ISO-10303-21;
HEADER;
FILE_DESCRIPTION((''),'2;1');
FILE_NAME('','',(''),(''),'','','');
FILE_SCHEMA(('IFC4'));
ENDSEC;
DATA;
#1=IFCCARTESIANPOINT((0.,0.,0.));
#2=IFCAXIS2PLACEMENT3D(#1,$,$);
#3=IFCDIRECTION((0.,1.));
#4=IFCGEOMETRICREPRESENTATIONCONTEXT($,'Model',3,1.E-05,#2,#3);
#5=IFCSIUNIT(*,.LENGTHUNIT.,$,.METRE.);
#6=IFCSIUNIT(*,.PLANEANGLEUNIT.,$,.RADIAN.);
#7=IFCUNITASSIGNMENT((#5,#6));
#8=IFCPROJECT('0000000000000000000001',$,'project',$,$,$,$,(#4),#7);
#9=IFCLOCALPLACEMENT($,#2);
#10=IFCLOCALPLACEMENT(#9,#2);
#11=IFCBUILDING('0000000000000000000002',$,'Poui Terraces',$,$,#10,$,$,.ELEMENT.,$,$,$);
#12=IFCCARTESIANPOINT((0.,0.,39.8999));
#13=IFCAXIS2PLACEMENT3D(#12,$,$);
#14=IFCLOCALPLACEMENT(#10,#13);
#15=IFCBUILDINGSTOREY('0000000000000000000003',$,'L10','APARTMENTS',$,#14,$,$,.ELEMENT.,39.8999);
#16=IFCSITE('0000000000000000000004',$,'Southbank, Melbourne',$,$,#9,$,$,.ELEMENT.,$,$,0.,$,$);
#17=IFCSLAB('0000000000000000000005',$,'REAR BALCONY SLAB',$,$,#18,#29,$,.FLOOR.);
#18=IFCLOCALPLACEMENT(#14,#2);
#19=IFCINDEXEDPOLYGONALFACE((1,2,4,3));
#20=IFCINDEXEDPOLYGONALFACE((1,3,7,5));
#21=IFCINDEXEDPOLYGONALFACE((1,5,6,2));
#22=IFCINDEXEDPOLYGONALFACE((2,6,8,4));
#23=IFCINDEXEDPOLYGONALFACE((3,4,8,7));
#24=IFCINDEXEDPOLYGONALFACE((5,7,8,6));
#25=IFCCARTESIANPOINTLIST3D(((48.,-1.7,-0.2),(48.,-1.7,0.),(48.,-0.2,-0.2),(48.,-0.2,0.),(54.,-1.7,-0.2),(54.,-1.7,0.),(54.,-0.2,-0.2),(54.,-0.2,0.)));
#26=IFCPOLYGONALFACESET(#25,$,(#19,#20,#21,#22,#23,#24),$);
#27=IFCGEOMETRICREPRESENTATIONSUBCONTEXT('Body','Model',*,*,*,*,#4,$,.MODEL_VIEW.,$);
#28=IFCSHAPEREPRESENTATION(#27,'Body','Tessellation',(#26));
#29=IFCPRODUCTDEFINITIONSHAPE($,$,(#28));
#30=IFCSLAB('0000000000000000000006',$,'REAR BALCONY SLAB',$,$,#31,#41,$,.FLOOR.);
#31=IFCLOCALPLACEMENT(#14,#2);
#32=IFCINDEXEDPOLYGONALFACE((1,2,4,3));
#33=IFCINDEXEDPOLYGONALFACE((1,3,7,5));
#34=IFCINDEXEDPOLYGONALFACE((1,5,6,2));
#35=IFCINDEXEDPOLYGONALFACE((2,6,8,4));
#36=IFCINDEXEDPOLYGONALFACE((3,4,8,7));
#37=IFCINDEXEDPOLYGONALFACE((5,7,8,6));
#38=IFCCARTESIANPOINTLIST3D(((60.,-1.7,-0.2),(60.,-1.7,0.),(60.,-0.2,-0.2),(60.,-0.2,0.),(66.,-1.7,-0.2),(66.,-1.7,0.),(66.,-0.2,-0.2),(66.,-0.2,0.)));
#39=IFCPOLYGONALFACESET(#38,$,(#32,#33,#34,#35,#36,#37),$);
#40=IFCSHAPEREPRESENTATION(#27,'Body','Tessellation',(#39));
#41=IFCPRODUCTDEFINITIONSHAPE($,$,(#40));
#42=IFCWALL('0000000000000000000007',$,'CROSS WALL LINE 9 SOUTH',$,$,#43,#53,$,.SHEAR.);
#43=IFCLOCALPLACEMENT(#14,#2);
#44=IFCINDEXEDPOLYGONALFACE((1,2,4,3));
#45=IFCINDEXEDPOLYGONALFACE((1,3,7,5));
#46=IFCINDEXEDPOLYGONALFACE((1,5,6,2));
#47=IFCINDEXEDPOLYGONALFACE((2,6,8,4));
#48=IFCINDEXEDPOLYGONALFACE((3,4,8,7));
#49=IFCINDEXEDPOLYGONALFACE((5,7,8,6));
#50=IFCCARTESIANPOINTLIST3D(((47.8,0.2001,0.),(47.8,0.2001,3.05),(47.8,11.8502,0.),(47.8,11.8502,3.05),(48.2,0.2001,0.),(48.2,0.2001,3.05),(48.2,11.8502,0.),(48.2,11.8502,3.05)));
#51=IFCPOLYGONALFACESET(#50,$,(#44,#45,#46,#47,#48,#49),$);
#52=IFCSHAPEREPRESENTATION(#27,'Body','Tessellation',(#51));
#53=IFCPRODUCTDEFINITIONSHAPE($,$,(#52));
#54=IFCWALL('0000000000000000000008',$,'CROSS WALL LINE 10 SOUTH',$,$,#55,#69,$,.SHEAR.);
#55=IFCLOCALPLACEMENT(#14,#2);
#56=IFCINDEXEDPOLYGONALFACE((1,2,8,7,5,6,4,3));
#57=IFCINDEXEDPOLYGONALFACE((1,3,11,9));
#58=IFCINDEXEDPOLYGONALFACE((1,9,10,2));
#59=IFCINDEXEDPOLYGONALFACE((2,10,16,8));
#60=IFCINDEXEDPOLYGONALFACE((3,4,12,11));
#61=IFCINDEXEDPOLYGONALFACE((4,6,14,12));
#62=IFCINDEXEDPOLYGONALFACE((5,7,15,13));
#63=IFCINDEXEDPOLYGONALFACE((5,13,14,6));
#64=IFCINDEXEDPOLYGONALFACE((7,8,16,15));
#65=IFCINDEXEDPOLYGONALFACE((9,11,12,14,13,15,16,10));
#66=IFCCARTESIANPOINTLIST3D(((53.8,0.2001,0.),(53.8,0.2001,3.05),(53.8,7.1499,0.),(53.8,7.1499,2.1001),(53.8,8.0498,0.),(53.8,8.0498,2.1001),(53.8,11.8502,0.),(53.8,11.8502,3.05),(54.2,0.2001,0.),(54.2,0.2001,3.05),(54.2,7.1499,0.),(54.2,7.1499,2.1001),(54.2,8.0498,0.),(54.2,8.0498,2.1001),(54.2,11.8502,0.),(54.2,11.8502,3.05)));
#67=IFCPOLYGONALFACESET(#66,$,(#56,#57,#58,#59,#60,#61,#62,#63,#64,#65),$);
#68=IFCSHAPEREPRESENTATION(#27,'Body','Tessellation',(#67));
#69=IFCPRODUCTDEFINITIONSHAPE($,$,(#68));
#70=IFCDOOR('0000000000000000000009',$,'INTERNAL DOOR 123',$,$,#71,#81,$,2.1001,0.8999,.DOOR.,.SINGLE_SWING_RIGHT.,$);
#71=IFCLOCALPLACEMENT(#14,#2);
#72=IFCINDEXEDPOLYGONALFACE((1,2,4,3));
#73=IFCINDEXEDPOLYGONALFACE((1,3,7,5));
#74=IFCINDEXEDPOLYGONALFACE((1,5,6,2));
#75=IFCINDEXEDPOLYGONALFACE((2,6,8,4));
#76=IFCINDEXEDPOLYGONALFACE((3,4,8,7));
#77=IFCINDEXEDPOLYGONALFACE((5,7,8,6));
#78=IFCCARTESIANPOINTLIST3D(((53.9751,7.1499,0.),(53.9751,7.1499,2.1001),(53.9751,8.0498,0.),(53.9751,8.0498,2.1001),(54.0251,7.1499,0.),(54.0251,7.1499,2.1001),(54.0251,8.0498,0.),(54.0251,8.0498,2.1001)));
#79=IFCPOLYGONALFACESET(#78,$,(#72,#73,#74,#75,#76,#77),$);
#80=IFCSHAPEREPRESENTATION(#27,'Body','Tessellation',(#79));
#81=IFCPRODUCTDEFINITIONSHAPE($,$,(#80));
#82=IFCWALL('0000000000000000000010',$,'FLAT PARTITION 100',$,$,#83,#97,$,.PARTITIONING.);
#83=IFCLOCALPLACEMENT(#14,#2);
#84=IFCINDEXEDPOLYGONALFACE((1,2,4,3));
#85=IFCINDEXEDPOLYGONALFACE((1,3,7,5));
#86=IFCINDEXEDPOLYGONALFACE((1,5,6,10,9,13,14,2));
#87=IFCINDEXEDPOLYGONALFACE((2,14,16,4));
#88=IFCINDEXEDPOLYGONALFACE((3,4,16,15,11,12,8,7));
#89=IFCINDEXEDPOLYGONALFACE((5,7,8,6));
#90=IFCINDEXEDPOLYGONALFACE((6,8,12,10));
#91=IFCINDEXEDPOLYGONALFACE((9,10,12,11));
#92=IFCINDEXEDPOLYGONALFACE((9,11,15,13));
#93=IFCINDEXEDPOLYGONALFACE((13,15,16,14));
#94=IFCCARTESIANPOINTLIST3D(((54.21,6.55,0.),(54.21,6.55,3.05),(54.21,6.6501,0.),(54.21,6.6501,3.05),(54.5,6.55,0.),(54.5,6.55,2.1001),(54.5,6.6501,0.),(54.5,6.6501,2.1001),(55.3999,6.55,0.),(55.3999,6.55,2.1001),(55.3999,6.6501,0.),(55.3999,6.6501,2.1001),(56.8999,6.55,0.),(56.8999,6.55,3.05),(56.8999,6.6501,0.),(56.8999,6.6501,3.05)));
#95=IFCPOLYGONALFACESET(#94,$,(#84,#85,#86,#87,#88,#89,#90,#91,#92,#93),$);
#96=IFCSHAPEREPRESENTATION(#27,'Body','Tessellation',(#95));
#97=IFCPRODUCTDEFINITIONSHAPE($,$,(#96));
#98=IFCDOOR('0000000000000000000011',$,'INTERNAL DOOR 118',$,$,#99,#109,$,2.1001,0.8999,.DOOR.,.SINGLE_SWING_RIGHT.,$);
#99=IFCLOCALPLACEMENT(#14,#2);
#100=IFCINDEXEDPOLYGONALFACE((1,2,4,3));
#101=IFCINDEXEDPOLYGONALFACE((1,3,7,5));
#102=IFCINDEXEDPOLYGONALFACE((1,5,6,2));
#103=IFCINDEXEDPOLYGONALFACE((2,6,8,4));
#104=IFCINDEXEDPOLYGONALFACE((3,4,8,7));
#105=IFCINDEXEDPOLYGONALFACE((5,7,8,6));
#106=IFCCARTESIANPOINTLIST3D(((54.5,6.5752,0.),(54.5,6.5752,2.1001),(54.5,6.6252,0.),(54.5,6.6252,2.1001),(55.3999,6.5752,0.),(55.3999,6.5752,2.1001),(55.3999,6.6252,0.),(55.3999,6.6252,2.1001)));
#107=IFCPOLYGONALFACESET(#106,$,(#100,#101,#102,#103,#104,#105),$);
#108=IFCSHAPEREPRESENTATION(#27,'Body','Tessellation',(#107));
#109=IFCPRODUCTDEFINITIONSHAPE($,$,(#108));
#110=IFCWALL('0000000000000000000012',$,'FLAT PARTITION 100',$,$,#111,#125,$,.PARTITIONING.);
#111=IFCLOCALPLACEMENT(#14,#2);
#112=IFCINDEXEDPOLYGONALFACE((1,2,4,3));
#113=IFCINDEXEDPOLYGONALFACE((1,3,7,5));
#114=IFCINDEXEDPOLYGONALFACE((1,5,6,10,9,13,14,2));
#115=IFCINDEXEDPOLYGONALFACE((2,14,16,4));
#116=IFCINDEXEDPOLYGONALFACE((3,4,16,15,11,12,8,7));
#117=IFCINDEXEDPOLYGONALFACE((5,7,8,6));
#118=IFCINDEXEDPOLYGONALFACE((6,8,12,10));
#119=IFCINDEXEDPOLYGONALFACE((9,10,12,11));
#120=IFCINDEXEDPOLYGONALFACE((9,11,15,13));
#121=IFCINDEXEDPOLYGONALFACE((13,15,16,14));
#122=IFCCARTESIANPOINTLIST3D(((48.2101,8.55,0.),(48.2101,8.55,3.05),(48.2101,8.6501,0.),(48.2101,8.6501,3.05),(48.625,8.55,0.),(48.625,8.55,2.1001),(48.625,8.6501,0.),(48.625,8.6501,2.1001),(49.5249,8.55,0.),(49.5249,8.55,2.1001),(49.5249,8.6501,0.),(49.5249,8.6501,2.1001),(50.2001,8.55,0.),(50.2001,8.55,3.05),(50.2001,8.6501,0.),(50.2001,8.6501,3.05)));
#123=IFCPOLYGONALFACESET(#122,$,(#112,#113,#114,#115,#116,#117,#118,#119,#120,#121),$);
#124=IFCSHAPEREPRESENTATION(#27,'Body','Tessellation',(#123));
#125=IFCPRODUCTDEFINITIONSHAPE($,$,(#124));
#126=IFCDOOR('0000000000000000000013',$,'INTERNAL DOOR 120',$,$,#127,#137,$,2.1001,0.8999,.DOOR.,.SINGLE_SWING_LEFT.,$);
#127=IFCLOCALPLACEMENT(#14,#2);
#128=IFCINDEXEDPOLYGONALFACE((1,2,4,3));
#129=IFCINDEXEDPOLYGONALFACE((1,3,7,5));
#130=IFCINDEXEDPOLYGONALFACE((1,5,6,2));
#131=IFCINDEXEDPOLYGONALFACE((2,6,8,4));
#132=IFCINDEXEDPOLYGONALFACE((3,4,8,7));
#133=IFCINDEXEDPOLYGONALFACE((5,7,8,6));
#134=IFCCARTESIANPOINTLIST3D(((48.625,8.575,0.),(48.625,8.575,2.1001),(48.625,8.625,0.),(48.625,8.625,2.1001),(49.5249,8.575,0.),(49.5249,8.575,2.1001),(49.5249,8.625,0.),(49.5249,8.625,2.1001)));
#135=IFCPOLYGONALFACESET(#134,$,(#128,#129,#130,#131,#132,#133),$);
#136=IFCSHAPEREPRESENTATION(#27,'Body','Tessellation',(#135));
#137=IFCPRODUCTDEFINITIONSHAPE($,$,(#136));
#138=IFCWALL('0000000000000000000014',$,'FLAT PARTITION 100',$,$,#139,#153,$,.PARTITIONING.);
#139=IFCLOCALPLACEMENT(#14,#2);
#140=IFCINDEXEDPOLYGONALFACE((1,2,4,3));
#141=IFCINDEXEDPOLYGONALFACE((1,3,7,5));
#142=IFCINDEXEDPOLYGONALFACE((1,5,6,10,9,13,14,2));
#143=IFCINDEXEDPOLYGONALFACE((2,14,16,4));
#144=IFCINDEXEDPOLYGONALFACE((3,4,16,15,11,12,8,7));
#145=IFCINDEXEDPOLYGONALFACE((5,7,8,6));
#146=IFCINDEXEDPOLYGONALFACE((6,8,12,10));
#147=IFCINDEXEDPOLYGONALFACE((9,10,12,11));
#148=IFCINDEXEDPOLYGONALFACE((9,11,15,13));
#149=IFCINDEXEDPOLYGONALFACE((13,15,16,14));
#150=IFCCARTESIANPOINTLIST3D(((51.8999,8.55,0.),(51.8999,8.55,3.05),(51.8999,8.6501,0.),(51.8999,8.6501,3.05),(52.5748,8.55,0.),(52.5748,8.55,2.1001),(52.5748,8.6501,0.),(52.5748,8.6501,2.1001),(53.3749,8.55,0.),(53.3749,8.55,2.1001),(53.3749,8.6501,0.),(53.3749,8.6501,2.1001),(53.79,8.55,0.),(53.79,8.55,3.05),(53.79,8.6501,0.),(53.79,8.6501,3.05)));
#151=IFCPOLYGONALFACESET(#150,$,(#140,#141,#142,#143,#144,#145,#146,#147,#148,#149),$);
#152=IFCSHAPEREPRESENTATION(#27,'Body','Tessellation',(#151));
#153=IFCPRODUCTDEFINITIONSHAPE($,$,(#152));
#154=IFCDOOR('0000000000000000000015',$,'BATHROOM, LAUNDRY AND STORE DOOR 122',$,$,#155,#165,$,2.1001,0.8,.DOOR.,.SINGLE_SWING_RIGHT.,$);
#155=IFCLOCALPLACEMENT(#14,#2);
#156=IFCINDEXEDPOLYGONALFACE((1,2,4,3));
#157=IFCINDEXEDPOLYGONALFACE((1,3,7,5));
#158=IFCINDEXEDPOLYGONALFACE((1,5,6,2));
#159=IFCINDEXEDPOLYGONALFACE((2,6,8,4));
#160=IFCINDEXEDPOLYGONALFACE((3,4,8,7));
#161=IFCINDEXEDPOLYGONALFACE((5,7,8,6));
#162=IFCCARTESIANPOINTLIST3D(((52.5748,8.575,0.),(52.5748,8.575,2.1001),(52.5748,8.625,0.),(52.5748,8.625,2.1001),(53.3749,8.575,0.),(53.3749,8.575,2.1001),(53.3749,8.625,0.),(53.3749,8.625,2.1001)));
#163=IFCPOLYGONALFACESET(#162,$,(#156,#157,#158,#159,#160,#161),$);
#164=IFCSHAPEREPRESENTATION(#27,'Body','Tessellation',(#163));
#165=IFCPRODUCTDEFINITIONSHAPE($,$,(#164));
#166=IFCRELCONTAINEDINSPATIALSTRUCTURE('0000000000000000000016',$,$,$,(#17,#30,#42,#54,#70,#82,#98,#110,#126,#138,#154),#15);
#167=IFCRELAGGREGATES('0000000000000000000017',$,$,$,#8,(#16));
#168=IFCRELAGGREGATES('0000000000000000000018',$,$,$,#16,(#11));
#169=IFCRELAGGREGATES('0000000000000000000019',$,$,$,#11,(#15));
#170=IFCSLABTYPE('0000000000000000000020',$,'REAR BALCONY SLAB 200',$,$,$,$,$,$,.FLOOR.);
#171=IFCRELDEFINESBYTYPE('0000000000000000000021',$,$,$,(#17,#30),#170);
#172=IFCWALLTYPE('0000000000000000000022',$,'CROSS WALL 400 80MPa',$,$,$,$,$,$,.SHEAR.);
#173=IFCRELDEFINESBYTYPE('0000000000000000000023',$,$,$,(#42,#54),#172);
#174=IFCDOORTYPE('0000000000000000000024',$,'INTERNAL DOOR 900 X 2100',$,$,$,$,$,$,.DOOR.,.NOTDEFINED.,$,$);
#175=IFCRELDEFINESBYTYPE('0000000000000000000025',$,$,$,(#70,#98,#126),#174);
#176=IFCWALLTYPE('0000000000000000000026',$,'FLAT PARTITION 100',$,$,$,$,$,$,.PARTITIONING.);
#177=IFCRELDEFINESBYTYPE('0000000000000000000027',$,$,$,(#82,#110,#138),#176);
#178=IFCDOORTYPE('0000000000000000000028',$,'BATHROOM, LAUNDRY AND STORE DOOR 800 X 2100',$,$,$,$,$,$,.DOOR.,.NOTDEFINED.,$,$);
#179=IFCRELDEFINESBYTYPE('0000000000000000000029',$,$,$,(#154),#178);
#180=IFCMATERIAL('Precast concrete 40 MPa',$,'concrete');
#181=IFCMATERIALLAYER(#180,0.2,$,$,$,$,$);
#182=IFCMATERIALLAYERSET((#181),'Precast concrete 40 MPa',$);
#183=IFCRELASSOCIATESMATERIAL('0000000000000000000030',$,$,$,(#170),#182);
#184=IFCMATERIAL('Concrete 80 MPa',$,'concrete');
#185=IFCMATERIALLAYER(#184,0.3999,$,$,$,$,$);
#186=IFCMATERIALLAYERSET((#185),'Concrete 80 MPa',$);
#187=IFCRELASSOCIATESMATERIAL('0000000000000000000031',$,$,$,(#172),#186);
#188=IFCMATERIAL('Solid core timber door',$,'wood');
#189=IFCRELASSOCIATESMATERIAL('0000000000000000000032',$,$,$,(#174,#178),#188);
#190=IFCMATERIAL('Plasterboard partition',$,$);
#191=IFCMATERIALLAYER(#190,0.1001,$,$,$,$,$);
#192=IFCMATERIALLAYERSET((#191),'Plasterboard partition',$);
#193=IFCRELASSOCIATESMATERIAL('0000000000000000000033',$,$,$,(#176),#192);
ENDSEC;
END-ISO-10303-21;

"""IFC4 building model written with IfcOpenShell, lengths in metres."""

from ifc_helpers import new_model, si_unit, direction, frame, frame_2d, origin, place, context, subcontext, project, spatial, polyline, rectangle, outline, extrude, source, transform, mapped, material, layer, layer_set, type_object, element, fill, save


model = new_model("IFC4")

# Units and contexts
model_context = context("Model", 3, precision=1e-05, world=origin(), true_north=direction((0.0, 1.0)))
body_context = subcontext(model_context, "Body", "Model", "MODEL_VIEW")
ifc_project = project(units=[si_unit("LENGTHUNIT", "METRE"), si_unit("PLANEANGLEUNIT", "RADIAN")], contexts=[model_context])

# Site, building, storey
site_placement = place(None, origin())
site = spatial("IfcSite", under=ifc_project, at=site_placement, Name="Southbank, Melbourne", CompositionType="ELEMENT", RefElevation=0.0)
building_placement = place(site_placement, origin())
building = spatial("IfcBuilding", under=site, at=building_placement, Name="Poui Terraces", CompositionType="ELEMENT")
storey_placement = place(building_placement, frame((0.0, 0.0, 39.8999)))
storey = spatial("IfcBuildingStorey", under=building, at=storey_placement, Name="L10", Description="APARTMENTS", CompositionType="ELEMENT", Elevation=39.8999)

# Slabs
ifc_material_1 = material(Name="Precast concrete 40 MPa", Category="concrete")
ifc_layer_1 = layer(ifc_material_1, 0.2)
ifc_layer_set_1 = layer_set([ifc_layer_1], Name="Precast concrete 40 MPa")
slab_type = type_object("IfcSlabType", Name="REAR BALCONY SLAB 200", PredefinedType="FLOOR", material=ifc_layer_set_1)
shared_shape_1 = source(origin(), body_context, "Body", "SweptSolid", [
    extrude(outline(polyline([(0.0, 0.0), (6.0, 0.0), (6.0, 1.5), (0.0, 1.5), (0.0, 0.0)])), origin(), (0.0, 0.0, 1.0), 0.2),
])
for number, where, name in (
    (1, (48.0, -1.7, -0.2), "REAR BALCONY SLAB"),
    (2, (60.0, -1.7, -0.2), "REAR BALCONY SLAB"),
):
    element("IfcSlab", number, at=place(storey_placement, frame(where)), inside=storey, type_object=slab_type, Name=name, PredefinedType="FLOOR", context=body_context, shape_type="MappedRepresentation", body=[
        mapped(shared_shape_1, transform((0.0, 0.0, 0.0))),
    ])

# Wall
ifc_material_2 = material(Name="Concrete 80 MPa", Category="concrete")
ifc_layer_2 = layer(ifc_material_2, 0.3999)
ifc_layer_set_2 = layer_set([ifc_layer_2], Name="Concrete 80 MPa")
wall_type_1 = type_object("IfcWallType", Name="CROSS WALL 400 80MPa", PredefinedType="SHEAR", material=ifc_layer_set_2)
wall_1_placement = place(storey_placement, frame((48.0, 0.2, 0.0), z_axis=(0.0, 0.0, 1.0), x_axis=(0.0, 1.0, 0.0)))
element("IfcWall", 3, at=wall_1_placement, inside=storey, type_object=wall_type_1, Name="CROSS WALL LINE 9 SOUTH", PredefinedType="SHEAR", context=body_context, shape_type="SweptSolid", body=[
    extrude(rectangle(XDim=11.6501, YDim=0.3999, at=frame_2d((5.8252, 0.0))), origin(), (0.0, 0.0, 1.0), 3.05),
])

# Walls, openings, doors
wall_2_placement = place(storey_placement, frame((54.0, 0.2, 0.0), z_axis=(0.0, 0.0, 1.0), x_axis=(0.0, 1.0, 0.0)))
wall_2 = element("IfcWall", 4, at=wall_2_placement, inside=storey, type_object=wall_type_1, Name="CROSS WALL LINE 10 SOUTH", PredefinedType="SHEAR", context=body_context, shape_type="SweptSolid", body=[
    extrude(rectangle(XDim=11.6501, YDim=0.3999, at=frame_2d((5.8252, 0.0))), origin(), (0.0, 0.0, 1.0), 3.05),
])
opening_1_placement = place(wall_2_placement, frame((6.95, 0.0, 0.0)))
opening_1 = element("IfcOpeningElement", 5, at=opening_1_placement, cuts=wall_2, PredefinedType="OPENING", context=body_context, shape_type="SweptSolid", body=[
    extrude(rectangle(XDim=0.8999, YDim=2.1001, at=frame_2d((0.45, 1.05))), frame((0.0, 0.21, 0.0), z_axis=(0.0, -1.0, 0.0), x_axis=(1.0, 0.0, 0.0)), (0.0, 0.0, 1.0), 0.4199),
])
ifc_material_3 = material(Name="Solid core timber door", Category="wood")
door_type_1 = type_object("IfcDoorType", Name="INTERNAL DOOR 900 X 2100", OperationType="NOTDEFINED", PredefinedType="DOOR", material=ifc_material_3)
door_1_placement = place(opening_1_placement, origin())
door_1 = element("IfcDoor", 6, at=door_1_placement, inside=storey, type_object=door_type_1, Name="INTERNAL DOOR 123", OperationType="SINGLE_SWING_RIGHT", OverallHeight=2.1001, OverallWidth=0.8999, PredefinedType="DOOR", context=body_context, shape_type="SweptSolid", body=[
    extrude(rectangle(XDim=0.8999, YDim=2.1001, at=frame_2d((0.45, 1.05))), frame((0.0, 0.0249, 0.0), z_axis=(0.0, -1.0, 0.0), x_axis=(1.0, 0.0, 0.0)), (0.0, 0.0, 1.0), 0.05),
])
fill(opening_1, door_1)
ifc_material_4 = material(Name="Plasterboard partition")
ifc_layer_3 = layer(ifc_material_4, 0.1001)
ifc_layer_set_3 = layer_set([ifc_layer_3], Name="Plasterboard partition")
wall_type_2 = type_object("IfcWallType", Name="FLAT PARTITION 100", PredefinedType="PARTITIONING", material=ifc_layer_set_3)
wall_3_placement = place(storey_placement, frame((54.21, 6.6001, 0.0), z_axis=(0.0, 0.0, 1.0), x_axis=(1.0, 0.0, 0.0)))
wall_3 = element("IfcWall", 7, at=wall_3_placement, inside=storey, type_object=wall_type_2, Name="FLAT PARTITION 100", PredefinedType="PARTITIONING", context=body_context, shape_type="SweptSolid", body=[
    extrude(rectangle(XDim=2.6899, YDim=0.1001, at=frame_2d((1.345, 0.0))), origin(), (0.0, 0.0, 1.0), 3.05),
])
opening_2_placement = place(wall_3_placement, frame((0.29, 0.0, 0.0)))
opening_2 = element("IfcOpeningElement", 8, at=opening_2_placement, cuts=wall_3, PredefinedType="OPENING", context=body_context, shape_type="SweptSolid", body=[
    extrude(rectangle(XDim=0.8999, YDim=2.1001, at=frame_2d((0.45, 1.05))), frame((0.0, 0.0601, 0.0), z_axis=(0.0, -1.0, 0.0), x_axis=(1.0, 0.0, 0.0)), (0.0, 0.0, 1.0), 0.1201),
])
door_2_placement = place(opening_2_placement, frame((0.8999, 0.0, 0.0), z_axis=(0.0, 0.0, 1.0), x_axis=(-1.0, 0.0, 0.0)))
door_2 = element("IfcDoor", 9, at=door_2_placement, inside=storey, type_object=door_type_1, Name="INTERNAL DOOR 118", OperationType="SINGLE_SWING_RIGHT", OverallHeight=2.1001, OverallWidth=0.8999, PredefinedType="DOOR", context=body_context, shape_type="SweptSolid", body=[
    extrude(rectangle(XDim=0.8999, YDim=2.1001, at=frame_2d((0.45, 1.05))), frame((0.0, 0.0249, 0.0), z_axis=(0.0, -1.0, 0.0), x_axis=(1.0, 0.0, 0.0)), (0.0, 0.0, 1.0), 0.05),
])
fill(opening_2, door_2)
wall_4_placement = place(storey_placement, frame((48.21, 8.6001, 0.0), z_axis=(0.0, 0.0, 1.0), x_axis=(1.0, 0.0, 0.0)))
wall_4 = element("IfcWall", 10, at=wall_4_placement, inside=storey, type_object=wall_type_2, Name="FLAT PARTITION 100", PredefinedType="PARTITIONING", context=body_context, shape_type="SweptSolid", body=[
    extrude(rectangle(XDim=1.99, YDim=0.1001, at=frame_2d((0.9951, 0.0))), origin(), (0.0, 0.0, 1.0), 3.05),
])
opening_3_placement = place(wall_4_placement, frame((0.415, 0.0, 0.0)))
opening_3 = element("IfcOpeningElement", 11, at=opening_3_placement, cuts=wall_4, PredefinedType="OPENING", context=body_context, shape_type="SweptSolid", body=[
    extrude(rectangle(XDim=0.8999, YDim=2.1001, at=frame_2d((0.45, 1.05))), frame((0.0, 0.0601, 0.0), z_axis=(0.0, -1.0, 0.0), x_axis=(1.0, 0.0, 0.0)), (0.0, 0.0, 1.0), 0.1201),
])
door_3_placement = place(opening_3_placement, origin())
door_3 = element("IfcDoor", 12, at=door_3_placement, inside=storey, type_object=door_type_1, Name="INTERNAL DOOR 120", OperationType="SINGLE_SWING_LEFT", OverallHeight=2.1001, OverallWidth=0.8999, PredefinedType="DOOR", context=body_context, shape_type="SweptSolid", body=[
    extrude(rectangle(XDim=0.8999, YDim=2.1001, at=frame_2d((0.45, 1.05))), frame((0.0, 0.0249, 0.0), z_axis=(0.0, -1.0, 0.0), x_axis=(1.0, 0.0, 0.0)), (0.0, 0.0, 1.0), 0.05),
])
fill(opening_3, door_3)
wall_5_placement = place(storey_placement, frame((51.8999, 8.6001, 0.0), z_axis=(0.0, 0.0, 1.0), x_axis=(1.0, 0.0, 0.0)))
wall_5 = element("IfcWall", 13, at=wall_5_placement, inside=storey, type_object=wall_type_2, Name="FLAT PARTITION 100", PredefinedType="PARTITIONING", context=body_context, shape_type="SweptSolid", body=[
    extrude(rectangle(XDim=1.8901, YDim=0.1001, at=frame_2d((0.9451, 0.0))), origin(), (0.0, 0.0, 1.0), 3.05),
])
opening_4_placement = place(wall_5_placement, frame((0.675, 0.0, 0.0)))
opening_4 = element("IfcOpeningElement", 14, at=opening_4_placement, cuts=wall_5, PredefinedType="OPENING", context=body_context, shape_type="SweptSolid", body=[
    extrude(rectangle(XDim=0.8, YDim=2.1001, at=frame_2d((0.3999, 1.05))), frame((0.0, 0.0601, 0.0), z_axis=(0.0, -1.0, 0.0), x_axis=(1.0, 0.0, 0.0)), (0.0, 0.0, 1.0), 0.1201),
])
door_type_2 = type_object("IfcDoorType", Name="BATHROOM, LAUNDRY AND STORE DOOR 800 X 2100", OperationType="NOTDEFINED", PredefinedType="DOOR", material=ifc_material_3)
door_4_placement = place(opening_4_placement, origin())
door_4 = element("IfcDoor", 15, at=door_4_placement, inside=storey, type_object=door_type_2, Name="BATHROOM, LAUNDRY AND STORE DOOR 122", OperationType="SINGLE_SWING_RIGHT", OverallHeight=2.1001, OverallWidth=0.8, PredefinedType="DOOR", context=body_context, shape_type="SweptSolid", body=[
    extrude(rectangle(XDim=0.8, YDim=2.1001, at=frame_2d((0.3999, 1.05))), frame((0.0, 0.0249, 0.0), z_axis=(0.0, -1.0, 0.0), x_axis=(1.0, 0.0, 0.0)), (0.0, 0.0, 1.0), 0.05),
])
fill(opening_4, door_4)

save(model, "model.ifc")
